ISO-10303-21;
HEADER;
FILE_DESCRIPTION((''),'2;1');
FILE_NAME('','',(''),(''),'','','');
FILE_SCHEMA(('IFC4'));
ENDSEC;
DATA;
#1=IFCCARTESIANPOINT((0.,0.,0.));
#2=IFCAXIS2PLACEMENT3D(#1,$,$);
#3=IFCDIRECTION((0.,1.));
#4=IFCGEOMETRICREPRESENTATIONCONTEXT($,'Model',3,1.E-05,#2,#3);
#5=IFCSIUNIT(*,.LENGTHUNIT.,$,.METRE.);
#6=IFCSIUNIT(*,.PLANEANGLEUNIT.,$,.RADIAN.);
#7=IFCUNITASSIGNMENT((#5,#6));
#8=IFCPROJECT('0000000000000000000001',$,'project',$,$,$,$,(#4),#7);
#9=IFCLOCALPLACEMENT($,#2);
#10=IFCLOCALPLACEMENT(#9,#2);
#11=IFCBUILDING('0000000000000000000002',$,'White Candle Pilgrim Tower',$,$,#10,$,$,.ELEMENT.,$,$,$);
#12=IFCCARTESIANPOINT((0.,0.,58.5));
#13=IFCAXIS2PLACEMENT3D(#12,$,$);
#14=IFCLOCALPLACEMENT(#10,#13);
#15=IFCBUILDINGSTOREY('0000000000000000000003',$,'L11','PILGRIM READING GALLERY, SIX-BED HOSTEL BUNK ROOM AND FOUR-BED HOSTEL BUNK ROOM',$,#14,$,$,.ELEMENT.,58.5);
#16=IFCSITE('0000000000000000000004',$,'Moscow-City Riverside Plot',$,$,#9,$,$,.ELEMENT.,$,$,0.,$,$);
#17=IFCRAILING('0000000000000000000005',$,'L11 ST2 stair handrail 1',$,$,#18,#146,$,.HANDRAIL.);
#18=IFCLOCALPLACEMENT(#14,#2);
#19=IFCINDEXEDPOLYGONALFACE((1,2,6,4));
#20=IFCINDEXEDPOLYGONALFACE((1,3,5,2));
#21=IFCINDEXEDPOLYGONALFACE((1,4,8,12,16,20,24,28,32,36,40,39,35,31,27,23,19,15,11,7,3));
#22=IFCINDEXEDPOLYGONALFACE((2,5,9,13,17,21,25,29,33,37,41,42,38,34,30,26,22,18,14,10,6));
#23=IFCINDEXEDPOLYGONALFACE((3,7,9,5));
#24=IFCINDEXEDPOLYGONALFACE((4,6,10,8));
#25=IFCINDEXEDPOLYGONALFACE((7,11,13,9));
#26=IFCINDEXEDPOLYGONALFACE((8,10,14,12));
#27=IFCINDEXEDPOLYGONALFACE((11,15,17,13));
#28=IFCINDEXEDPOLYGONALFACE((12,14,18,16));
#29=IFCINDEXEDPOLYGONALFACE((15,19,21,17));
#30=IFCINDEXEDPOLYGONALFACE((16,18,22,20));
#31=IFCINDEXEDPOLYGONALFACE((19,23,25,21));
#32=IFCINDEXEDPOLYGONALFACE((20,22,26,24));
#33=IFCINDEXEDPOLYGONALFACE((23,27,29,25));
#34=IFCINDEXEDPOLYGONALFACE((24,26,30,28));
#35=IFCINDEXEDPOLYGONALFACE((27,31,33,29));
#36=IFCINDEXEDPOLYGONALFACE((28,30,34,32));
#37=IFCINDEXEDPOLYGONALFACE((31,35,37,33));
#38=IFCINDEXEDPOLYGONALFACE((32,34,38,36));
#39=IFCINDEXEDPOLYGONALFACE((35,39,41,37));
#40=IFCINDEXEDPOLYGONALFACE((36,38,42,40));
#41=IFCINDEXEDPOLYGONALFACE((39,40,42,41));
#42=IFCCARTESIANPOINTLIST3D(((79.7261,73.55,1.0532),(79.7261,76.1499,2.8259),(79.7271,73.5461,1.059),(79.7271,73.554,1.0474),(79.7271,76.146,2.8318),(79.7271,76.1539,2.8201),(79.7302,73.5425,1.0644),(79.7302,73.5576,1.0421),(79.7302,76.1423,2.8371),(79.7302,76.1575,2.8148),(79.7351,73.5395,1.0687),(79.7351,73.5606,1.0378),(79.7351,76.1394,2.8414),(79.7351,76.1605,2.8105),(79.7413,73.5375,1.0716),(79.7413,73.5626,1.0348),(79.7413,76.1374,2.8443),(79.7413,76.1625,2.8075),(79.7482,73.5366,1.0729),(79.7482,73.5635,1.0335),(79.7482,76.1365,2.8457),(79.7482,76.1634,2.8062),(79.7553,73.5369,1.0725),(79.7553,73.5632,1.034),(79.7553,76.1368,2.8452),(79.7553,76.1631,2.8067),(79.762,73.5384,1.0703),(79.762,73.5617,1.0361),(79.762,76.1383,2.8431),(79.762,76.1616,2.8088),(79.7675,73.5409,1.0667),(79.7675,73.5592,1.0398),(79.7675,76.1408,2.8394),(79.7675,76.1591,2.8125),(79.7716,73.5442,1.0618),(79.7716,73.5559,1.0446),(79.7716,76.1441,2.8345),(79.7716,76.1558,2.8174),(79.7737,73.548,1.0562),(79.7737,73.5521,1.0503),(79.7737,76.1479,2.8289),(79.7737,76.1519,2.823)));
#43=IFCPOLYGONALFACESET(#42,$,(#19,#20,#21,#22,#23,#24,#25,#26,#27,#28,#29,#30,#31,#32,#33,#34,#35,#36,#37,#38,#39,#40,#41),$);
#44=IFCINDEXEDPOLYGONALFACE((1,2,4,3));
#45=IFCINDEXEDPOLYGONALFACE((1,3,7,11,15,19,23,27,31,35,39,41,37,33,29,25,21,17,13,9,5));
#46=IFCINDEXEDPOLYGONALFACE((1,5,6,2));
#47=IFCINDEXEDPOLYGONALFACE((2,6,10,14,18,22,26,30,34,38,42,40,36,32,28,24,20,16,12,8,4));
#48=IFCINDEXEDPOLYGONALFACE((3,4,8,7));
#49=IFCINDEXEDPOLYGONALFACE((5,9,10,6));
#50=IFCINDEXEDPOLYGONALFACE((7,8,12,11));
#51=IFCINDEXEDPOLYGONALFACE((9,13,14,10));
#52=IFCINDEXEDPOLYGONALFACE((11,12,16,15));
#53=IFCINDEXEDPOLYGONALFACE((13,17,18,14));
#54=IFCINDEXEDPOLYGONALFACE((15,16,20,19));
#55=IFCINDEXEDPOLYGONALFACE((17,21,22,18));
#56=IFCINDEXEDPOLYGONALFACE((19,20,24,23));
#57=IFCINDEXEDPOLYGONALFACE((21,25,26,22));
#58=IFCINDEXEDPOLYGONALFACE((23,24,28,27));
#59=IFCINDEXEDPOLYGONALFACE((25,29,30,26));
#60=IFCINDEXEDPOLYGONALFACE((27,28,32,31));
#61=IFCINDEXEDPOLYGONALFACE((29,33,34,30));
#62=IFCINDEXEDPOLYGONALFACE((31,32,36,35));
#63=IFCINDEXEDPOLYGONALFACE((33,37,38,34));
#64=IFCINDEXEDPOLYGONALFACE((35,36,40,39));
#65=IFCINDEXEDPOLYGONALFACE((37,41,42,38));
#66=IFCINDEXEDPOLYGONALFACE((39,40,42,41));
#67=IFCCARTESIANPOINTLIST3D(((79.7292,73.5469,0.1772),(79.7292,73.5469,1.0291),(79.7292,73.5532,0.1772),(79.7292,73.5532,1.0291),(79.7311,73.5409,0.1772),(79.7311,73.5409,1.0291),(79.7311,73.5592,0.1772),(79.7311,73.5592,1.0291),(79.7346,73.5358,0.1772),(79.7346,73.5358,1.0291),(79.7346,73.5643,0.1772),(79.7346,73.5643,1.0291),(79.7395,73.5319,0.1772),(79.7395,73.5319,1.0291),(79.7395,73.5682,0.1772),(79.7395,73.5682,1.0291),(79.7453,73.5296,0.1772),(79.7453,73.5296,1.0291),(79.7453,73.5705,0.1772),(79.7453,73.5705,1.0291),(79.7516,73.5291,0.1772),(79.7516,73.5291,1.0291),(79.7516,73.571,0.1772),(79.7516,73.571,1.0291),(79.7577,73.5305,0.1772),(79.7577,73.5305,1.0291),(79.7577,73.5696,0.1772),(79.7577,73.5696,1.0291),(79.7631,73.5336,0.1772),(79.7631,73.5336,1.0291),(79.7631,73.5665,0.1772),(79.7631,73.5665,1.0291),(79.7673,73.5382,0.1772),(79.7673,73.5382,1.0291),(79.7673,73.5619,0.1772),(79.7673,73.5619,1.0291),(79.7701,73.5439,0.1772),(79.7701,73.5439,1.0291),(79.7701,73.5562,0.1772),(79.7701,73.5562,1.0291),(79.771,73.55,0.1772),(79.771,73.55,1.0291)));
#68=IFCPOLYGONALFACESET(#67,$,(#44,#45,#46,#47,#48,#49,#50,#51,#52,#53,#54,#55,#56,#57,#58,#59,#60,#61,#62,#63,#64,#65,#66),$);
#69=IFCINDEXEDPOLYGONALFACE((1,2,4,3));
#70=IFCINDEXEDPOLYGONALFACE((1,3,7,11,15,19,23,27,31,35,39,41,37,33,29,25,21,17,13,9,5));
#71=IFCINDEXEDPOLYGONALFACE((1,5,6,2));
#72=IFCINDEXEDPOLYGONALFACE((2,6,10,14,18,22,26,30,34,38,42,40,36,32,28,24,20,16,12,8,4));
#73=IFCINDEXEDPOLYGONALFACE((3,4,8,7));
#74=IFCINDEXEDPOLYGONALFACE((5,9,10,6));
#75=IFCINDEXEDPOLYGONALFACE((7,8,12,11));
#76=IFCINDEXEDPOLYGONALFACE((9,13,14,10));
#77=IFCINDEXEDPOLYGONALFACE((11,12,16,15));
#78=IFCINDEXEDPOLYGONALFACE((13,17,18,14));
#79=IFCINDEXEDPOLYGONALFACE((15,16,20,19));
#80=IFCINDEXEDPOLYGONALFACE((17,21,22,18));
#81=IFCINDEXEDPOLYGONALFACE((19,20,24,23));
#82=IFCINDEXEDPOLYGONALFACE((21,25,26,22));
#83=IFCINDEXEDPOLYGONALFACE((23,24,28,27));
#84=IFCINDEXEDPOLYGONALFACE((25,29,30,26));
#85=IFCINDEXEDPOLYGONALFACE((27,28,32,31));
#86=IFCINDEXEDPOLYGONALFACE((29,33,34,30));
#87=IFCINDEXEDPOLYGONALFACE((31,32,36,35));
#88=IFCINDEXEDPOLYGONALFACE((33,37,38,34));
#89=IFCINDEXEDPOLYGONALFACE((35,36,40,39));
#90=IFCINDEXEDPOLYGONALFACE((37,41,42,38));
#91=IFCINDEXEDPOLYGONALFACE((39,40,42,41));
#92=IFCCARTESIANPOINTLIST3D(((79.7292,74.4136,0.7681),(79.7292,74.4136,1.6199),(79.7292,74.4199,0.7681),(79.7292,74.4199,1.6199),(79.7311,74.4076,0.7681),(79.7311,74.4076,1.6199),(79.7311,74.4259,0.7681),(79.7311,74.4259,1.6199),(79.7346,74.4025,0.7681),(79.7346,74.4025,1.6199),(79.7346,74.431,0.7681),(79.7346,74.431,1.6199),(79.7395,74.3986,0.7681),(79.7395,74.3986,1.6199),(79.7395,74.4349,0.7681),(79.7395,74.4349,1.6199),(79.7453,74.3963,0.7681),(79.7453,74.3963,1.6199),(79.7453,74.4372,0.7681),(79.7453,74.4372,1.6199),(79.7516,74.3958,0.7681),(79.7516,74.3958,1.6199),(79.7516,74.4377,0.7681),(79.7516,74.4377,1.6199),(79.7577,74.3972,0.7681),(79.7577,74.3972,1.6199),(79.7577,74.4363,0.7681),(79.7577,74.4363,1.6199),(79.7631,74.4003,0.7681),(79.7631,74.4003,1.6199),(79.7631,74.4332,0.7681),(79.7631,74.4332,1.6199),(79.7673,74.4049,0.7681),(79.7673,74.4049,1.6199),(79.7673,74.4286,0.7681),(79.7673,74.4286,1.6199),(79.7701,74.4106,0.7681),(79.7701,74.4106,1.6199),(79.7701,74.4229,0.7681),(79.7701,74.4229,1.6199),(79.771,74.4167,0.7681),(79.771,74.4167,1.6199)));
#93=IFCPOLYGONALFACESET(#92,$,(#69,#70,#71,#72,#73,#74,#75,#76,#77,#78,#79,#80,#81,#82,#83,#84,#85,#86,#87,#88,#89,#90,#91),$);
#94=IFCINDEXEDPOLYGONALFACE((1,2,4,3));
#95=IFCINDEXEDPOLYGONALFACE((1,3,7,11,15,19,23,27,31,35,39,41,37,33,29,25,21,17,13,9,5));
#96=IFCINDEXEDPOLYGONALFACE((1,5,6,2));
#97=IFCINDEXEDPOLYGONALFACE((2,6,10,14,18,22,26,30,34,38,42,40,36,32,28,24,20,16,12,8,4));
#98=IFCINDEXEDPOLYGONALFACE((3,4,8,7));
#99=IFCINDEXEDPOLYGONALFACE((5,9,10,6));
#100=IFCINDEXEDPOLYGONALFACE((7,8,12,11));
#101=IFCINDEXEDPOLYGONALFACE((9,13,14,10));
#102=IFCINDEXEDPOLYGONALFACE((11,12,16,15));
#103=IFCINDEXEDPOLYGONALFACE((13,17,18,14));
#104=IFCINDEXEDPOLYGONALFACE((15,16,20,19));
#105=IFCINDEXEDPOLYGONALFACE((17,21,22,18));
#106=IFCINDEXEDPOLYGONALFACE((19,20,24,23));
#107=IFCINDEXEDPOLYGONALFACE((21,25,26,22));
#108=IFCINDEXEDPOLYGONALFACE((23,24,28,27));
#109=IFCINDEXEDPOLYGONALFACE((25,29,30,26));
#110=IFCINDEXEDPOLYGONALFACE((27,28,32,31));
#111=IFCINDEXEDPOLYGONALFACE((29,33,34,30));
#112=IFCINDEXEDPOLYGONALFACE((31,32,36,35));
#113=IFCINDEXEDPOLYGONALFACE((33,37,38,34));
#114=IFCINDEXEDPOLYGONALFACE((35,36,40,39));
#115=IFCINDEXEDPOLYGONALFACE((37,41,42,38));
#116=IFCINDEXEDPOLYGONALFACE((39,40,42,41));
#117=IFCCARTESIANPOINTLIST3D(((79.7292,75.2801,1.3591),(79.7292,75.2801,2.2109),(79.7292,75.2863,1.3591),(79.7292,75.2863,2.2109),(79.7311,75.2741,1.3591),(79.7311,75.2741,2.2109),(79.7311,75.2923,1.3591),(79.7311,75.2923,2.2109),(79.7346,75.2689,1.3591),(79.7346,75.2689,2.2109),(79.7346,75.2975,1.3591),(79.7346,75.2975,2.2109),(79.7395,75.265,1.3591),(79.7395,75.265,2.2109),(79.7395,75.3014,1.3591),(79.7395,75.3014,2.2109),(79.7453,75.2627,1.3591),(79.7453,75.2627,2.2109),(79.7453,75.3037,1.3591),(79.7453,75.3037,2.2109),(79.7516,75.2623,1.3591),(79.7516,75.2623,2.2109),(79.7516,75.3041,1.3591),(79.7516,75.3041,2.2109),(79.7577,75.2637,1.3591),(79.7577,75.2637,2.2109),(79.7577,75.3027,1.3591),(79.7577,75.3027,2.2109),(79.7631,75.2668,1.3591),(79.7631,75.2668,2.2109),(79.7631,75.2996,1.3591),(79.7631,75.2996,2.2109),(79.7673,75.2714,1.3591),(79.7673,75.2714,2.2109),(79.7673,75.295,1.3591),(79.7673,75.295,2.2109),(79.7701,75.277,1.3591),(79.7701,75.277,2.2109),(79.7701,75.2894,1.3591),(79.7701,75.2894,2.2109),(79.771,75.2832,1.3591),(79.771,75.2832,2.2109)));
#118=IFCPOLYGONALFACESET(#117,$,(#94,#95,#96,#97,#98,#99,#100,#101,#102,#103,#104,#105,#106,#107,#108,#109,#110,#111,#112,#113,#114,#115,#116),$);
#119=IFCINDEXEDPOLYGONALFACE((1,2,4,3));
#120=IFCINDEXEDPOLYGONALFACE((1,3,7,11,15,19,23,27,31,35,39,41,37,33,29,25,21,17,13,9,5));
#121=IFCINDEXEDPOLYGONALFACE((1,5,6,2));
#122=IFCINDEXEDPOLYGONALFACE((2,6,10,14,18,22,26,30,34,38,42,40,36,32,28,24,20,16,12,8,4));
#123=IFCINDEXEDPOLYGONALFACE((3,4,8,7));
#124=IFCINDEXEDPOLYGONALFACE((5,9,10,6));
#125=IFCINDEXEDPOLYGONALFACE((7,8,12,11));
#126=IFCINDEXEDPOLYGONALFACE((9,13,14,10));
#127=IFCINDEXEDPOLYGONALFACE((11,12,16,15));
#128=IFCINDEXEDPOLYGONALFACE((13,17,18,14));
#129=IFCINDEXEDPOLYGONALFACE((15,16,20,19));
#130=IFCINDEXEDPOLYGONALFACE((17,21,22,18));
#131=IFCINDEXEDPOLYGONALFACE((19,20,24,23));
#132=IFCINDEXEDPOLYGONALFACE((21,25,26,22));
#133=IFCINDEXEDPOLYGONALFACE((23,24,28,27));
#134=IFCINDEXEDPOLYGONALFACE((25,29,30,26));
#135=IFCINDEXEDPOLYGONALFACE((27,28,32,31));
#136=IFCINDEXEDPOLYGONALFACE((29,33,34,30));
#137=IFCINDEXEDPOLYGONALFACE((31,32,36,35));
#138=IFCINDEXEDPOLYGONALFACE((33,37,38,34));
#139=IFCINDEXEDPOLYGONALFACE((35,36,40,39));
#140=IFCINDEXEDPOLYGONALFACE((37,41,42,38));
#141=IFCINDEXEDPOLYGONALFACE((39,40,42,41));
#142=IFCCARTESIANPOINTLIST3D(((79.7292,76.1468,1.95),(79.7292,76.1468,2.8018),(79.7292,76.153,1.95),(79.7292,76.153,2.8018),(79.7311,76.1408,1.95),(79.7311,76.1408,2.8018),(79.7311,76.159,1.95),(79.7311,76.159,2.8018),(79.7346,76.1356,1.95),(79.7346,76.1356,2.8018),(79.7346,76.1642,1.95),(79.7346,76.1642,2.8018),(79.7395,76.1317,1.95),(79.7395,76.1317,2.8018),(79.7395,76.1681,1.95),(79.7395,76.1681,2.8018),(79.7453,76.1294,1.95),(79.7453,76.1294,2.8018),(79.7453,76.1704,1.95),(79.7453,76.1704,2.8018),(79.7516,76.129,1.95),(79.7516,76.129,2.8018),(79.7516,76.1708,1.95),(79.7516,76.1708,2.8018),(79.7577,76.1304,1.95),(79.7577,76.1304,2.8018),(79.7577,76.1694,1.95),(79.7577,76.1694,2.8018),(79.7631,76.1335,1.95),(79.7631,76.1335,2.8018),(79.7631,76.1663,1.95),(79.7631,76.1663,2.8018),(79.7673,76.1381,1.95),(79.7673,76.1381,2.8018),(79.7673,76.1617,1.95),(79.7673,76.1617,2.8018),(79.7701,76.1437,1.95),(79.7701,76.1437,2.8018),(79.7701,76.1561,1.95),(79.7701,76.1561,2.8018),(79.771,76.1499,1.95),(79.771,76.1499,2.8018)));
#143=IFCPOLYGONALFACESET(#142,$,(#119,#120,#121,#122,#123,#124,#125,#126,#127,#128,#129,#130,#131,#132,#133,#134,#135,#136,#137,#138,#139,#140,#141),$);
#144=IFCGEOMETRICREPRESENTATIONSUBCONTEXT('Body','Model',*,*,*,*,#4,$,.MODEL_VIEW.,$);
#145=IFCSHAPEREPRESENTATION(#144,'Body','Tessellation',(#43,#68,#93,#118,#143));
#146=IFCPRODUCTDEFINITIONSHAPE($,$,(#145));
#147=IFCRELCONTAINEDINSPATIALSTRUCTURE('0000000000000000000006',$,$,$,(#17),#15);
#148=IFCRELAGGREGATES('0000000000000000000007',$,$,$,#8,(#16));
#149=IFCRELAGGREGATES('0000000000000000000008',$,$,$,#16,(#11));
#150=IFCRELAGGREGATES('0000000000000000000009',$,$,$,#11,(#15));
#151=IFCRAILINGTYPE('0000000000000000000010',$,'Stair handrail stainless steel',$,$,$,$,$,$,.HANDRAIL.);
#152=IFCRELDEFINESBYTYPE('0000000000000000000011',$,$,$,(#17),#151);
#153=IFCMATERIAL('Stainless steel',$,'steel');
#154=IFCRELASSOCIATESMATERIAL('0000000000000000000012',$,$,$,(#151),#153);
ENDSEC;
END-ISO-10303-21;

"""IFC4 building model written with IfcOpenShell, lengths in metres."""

from ifc_helpers import new_model, si_unit, direction, frame, origin, origin_2d, place, context, subcontext, project, spatial, circle, extrude, material, type_object, element, save


model = new_model("IFC4")

# Units and contexts
model_context = context("Model", 3, precision=1e-05, world=origin(), true_north=direction((0.0, 1.0)))
body_context = subcontext(model_context, "Body", "Model", "MODEL_VIEW")
ifc_project = project(units=[si_unit("LENGTHUNIT", "METRE"), si_unit("PLANEANGLEUNIT", "RADIAN")], contexts=[model_context])

# Site, building, storey
site_placement = place(None, origin())
site = spatial("IfcSite", under=ifc_project, at=site_placement, Name="Moscow-City Riverside Plot", CompositionType="ELEMENT", RefElevation=0.0)
building_placement = place(site_placement, origin())
building = spatial("IfcBuilding", under=site, at=building_placement, Name="White Candle Pilgrim Tower", CompositionType="ELEMENT")
storey_placement = place(building_placement, frame((0.0, 0.0, 58.5)))
storey = spatial("IfcBuildingStorey", under=building, at=storey_placement, Name="L11", Description="PILGRIM READING GALLERY, SIX-BED HOSTEL BUNK ROOM AND FOUR-BED HOSTEL BUNK ROOM", CompositionType="ELEMENT", Elevation=58.5)

# Railing
ifc_material_1 = material(Name="Stainless steel", Category="steel")
railing_type_1 = type_object("IfcRailingType", Name="Stair handrail stainless steel", PredefinedType="HANDRAIL", material=ifc_material_1)
railing_1_placement = place(storey_placement, frame((79.75, 73.55, 0.1772)))
element("IfcRailing", 1, at=railing_1_placement, inside=storey, type_object=railing_type_1, Name="L11 ST2 stair handrail 1", PredefinedType="HANDRAIL", context=body_context, shape_type="SweptSolid", body=[
    extrude(circle(Radius=0.0239, at=origin_2d()), frame((0.0, 0.0, 0.876), z_axis=(0.0, 0.826216, 0.563354), x_axis=(-1.0, 0.0, 0.0)), (0.0, 0.0, 1.0), 3.1467),
    extrude(circle(Radius=0.021, at=origin_2d()), origin(), (0.0, 0.0, 1.0), 0.8518),
    extrude(circle(Radius=0.021, at=origin_2d()), frame((0.0, 0.8667, 0.5908)), (0.0, 0.0, 1.0), 0.8518),
    extrude(circle(Radius=0.021, at=origin_2d()), frame((0.0, 1.7332, 1.1819)), (0.0, 0.0, 1.0), 0.8518),
    extrude(circle(Radius=0.021, at=origin_2d()), frame((0.0, 2.5999, 1.7727)), (0.0, 0.0, 1.0), 0.8518),
])

save(model, "model.ifc")
